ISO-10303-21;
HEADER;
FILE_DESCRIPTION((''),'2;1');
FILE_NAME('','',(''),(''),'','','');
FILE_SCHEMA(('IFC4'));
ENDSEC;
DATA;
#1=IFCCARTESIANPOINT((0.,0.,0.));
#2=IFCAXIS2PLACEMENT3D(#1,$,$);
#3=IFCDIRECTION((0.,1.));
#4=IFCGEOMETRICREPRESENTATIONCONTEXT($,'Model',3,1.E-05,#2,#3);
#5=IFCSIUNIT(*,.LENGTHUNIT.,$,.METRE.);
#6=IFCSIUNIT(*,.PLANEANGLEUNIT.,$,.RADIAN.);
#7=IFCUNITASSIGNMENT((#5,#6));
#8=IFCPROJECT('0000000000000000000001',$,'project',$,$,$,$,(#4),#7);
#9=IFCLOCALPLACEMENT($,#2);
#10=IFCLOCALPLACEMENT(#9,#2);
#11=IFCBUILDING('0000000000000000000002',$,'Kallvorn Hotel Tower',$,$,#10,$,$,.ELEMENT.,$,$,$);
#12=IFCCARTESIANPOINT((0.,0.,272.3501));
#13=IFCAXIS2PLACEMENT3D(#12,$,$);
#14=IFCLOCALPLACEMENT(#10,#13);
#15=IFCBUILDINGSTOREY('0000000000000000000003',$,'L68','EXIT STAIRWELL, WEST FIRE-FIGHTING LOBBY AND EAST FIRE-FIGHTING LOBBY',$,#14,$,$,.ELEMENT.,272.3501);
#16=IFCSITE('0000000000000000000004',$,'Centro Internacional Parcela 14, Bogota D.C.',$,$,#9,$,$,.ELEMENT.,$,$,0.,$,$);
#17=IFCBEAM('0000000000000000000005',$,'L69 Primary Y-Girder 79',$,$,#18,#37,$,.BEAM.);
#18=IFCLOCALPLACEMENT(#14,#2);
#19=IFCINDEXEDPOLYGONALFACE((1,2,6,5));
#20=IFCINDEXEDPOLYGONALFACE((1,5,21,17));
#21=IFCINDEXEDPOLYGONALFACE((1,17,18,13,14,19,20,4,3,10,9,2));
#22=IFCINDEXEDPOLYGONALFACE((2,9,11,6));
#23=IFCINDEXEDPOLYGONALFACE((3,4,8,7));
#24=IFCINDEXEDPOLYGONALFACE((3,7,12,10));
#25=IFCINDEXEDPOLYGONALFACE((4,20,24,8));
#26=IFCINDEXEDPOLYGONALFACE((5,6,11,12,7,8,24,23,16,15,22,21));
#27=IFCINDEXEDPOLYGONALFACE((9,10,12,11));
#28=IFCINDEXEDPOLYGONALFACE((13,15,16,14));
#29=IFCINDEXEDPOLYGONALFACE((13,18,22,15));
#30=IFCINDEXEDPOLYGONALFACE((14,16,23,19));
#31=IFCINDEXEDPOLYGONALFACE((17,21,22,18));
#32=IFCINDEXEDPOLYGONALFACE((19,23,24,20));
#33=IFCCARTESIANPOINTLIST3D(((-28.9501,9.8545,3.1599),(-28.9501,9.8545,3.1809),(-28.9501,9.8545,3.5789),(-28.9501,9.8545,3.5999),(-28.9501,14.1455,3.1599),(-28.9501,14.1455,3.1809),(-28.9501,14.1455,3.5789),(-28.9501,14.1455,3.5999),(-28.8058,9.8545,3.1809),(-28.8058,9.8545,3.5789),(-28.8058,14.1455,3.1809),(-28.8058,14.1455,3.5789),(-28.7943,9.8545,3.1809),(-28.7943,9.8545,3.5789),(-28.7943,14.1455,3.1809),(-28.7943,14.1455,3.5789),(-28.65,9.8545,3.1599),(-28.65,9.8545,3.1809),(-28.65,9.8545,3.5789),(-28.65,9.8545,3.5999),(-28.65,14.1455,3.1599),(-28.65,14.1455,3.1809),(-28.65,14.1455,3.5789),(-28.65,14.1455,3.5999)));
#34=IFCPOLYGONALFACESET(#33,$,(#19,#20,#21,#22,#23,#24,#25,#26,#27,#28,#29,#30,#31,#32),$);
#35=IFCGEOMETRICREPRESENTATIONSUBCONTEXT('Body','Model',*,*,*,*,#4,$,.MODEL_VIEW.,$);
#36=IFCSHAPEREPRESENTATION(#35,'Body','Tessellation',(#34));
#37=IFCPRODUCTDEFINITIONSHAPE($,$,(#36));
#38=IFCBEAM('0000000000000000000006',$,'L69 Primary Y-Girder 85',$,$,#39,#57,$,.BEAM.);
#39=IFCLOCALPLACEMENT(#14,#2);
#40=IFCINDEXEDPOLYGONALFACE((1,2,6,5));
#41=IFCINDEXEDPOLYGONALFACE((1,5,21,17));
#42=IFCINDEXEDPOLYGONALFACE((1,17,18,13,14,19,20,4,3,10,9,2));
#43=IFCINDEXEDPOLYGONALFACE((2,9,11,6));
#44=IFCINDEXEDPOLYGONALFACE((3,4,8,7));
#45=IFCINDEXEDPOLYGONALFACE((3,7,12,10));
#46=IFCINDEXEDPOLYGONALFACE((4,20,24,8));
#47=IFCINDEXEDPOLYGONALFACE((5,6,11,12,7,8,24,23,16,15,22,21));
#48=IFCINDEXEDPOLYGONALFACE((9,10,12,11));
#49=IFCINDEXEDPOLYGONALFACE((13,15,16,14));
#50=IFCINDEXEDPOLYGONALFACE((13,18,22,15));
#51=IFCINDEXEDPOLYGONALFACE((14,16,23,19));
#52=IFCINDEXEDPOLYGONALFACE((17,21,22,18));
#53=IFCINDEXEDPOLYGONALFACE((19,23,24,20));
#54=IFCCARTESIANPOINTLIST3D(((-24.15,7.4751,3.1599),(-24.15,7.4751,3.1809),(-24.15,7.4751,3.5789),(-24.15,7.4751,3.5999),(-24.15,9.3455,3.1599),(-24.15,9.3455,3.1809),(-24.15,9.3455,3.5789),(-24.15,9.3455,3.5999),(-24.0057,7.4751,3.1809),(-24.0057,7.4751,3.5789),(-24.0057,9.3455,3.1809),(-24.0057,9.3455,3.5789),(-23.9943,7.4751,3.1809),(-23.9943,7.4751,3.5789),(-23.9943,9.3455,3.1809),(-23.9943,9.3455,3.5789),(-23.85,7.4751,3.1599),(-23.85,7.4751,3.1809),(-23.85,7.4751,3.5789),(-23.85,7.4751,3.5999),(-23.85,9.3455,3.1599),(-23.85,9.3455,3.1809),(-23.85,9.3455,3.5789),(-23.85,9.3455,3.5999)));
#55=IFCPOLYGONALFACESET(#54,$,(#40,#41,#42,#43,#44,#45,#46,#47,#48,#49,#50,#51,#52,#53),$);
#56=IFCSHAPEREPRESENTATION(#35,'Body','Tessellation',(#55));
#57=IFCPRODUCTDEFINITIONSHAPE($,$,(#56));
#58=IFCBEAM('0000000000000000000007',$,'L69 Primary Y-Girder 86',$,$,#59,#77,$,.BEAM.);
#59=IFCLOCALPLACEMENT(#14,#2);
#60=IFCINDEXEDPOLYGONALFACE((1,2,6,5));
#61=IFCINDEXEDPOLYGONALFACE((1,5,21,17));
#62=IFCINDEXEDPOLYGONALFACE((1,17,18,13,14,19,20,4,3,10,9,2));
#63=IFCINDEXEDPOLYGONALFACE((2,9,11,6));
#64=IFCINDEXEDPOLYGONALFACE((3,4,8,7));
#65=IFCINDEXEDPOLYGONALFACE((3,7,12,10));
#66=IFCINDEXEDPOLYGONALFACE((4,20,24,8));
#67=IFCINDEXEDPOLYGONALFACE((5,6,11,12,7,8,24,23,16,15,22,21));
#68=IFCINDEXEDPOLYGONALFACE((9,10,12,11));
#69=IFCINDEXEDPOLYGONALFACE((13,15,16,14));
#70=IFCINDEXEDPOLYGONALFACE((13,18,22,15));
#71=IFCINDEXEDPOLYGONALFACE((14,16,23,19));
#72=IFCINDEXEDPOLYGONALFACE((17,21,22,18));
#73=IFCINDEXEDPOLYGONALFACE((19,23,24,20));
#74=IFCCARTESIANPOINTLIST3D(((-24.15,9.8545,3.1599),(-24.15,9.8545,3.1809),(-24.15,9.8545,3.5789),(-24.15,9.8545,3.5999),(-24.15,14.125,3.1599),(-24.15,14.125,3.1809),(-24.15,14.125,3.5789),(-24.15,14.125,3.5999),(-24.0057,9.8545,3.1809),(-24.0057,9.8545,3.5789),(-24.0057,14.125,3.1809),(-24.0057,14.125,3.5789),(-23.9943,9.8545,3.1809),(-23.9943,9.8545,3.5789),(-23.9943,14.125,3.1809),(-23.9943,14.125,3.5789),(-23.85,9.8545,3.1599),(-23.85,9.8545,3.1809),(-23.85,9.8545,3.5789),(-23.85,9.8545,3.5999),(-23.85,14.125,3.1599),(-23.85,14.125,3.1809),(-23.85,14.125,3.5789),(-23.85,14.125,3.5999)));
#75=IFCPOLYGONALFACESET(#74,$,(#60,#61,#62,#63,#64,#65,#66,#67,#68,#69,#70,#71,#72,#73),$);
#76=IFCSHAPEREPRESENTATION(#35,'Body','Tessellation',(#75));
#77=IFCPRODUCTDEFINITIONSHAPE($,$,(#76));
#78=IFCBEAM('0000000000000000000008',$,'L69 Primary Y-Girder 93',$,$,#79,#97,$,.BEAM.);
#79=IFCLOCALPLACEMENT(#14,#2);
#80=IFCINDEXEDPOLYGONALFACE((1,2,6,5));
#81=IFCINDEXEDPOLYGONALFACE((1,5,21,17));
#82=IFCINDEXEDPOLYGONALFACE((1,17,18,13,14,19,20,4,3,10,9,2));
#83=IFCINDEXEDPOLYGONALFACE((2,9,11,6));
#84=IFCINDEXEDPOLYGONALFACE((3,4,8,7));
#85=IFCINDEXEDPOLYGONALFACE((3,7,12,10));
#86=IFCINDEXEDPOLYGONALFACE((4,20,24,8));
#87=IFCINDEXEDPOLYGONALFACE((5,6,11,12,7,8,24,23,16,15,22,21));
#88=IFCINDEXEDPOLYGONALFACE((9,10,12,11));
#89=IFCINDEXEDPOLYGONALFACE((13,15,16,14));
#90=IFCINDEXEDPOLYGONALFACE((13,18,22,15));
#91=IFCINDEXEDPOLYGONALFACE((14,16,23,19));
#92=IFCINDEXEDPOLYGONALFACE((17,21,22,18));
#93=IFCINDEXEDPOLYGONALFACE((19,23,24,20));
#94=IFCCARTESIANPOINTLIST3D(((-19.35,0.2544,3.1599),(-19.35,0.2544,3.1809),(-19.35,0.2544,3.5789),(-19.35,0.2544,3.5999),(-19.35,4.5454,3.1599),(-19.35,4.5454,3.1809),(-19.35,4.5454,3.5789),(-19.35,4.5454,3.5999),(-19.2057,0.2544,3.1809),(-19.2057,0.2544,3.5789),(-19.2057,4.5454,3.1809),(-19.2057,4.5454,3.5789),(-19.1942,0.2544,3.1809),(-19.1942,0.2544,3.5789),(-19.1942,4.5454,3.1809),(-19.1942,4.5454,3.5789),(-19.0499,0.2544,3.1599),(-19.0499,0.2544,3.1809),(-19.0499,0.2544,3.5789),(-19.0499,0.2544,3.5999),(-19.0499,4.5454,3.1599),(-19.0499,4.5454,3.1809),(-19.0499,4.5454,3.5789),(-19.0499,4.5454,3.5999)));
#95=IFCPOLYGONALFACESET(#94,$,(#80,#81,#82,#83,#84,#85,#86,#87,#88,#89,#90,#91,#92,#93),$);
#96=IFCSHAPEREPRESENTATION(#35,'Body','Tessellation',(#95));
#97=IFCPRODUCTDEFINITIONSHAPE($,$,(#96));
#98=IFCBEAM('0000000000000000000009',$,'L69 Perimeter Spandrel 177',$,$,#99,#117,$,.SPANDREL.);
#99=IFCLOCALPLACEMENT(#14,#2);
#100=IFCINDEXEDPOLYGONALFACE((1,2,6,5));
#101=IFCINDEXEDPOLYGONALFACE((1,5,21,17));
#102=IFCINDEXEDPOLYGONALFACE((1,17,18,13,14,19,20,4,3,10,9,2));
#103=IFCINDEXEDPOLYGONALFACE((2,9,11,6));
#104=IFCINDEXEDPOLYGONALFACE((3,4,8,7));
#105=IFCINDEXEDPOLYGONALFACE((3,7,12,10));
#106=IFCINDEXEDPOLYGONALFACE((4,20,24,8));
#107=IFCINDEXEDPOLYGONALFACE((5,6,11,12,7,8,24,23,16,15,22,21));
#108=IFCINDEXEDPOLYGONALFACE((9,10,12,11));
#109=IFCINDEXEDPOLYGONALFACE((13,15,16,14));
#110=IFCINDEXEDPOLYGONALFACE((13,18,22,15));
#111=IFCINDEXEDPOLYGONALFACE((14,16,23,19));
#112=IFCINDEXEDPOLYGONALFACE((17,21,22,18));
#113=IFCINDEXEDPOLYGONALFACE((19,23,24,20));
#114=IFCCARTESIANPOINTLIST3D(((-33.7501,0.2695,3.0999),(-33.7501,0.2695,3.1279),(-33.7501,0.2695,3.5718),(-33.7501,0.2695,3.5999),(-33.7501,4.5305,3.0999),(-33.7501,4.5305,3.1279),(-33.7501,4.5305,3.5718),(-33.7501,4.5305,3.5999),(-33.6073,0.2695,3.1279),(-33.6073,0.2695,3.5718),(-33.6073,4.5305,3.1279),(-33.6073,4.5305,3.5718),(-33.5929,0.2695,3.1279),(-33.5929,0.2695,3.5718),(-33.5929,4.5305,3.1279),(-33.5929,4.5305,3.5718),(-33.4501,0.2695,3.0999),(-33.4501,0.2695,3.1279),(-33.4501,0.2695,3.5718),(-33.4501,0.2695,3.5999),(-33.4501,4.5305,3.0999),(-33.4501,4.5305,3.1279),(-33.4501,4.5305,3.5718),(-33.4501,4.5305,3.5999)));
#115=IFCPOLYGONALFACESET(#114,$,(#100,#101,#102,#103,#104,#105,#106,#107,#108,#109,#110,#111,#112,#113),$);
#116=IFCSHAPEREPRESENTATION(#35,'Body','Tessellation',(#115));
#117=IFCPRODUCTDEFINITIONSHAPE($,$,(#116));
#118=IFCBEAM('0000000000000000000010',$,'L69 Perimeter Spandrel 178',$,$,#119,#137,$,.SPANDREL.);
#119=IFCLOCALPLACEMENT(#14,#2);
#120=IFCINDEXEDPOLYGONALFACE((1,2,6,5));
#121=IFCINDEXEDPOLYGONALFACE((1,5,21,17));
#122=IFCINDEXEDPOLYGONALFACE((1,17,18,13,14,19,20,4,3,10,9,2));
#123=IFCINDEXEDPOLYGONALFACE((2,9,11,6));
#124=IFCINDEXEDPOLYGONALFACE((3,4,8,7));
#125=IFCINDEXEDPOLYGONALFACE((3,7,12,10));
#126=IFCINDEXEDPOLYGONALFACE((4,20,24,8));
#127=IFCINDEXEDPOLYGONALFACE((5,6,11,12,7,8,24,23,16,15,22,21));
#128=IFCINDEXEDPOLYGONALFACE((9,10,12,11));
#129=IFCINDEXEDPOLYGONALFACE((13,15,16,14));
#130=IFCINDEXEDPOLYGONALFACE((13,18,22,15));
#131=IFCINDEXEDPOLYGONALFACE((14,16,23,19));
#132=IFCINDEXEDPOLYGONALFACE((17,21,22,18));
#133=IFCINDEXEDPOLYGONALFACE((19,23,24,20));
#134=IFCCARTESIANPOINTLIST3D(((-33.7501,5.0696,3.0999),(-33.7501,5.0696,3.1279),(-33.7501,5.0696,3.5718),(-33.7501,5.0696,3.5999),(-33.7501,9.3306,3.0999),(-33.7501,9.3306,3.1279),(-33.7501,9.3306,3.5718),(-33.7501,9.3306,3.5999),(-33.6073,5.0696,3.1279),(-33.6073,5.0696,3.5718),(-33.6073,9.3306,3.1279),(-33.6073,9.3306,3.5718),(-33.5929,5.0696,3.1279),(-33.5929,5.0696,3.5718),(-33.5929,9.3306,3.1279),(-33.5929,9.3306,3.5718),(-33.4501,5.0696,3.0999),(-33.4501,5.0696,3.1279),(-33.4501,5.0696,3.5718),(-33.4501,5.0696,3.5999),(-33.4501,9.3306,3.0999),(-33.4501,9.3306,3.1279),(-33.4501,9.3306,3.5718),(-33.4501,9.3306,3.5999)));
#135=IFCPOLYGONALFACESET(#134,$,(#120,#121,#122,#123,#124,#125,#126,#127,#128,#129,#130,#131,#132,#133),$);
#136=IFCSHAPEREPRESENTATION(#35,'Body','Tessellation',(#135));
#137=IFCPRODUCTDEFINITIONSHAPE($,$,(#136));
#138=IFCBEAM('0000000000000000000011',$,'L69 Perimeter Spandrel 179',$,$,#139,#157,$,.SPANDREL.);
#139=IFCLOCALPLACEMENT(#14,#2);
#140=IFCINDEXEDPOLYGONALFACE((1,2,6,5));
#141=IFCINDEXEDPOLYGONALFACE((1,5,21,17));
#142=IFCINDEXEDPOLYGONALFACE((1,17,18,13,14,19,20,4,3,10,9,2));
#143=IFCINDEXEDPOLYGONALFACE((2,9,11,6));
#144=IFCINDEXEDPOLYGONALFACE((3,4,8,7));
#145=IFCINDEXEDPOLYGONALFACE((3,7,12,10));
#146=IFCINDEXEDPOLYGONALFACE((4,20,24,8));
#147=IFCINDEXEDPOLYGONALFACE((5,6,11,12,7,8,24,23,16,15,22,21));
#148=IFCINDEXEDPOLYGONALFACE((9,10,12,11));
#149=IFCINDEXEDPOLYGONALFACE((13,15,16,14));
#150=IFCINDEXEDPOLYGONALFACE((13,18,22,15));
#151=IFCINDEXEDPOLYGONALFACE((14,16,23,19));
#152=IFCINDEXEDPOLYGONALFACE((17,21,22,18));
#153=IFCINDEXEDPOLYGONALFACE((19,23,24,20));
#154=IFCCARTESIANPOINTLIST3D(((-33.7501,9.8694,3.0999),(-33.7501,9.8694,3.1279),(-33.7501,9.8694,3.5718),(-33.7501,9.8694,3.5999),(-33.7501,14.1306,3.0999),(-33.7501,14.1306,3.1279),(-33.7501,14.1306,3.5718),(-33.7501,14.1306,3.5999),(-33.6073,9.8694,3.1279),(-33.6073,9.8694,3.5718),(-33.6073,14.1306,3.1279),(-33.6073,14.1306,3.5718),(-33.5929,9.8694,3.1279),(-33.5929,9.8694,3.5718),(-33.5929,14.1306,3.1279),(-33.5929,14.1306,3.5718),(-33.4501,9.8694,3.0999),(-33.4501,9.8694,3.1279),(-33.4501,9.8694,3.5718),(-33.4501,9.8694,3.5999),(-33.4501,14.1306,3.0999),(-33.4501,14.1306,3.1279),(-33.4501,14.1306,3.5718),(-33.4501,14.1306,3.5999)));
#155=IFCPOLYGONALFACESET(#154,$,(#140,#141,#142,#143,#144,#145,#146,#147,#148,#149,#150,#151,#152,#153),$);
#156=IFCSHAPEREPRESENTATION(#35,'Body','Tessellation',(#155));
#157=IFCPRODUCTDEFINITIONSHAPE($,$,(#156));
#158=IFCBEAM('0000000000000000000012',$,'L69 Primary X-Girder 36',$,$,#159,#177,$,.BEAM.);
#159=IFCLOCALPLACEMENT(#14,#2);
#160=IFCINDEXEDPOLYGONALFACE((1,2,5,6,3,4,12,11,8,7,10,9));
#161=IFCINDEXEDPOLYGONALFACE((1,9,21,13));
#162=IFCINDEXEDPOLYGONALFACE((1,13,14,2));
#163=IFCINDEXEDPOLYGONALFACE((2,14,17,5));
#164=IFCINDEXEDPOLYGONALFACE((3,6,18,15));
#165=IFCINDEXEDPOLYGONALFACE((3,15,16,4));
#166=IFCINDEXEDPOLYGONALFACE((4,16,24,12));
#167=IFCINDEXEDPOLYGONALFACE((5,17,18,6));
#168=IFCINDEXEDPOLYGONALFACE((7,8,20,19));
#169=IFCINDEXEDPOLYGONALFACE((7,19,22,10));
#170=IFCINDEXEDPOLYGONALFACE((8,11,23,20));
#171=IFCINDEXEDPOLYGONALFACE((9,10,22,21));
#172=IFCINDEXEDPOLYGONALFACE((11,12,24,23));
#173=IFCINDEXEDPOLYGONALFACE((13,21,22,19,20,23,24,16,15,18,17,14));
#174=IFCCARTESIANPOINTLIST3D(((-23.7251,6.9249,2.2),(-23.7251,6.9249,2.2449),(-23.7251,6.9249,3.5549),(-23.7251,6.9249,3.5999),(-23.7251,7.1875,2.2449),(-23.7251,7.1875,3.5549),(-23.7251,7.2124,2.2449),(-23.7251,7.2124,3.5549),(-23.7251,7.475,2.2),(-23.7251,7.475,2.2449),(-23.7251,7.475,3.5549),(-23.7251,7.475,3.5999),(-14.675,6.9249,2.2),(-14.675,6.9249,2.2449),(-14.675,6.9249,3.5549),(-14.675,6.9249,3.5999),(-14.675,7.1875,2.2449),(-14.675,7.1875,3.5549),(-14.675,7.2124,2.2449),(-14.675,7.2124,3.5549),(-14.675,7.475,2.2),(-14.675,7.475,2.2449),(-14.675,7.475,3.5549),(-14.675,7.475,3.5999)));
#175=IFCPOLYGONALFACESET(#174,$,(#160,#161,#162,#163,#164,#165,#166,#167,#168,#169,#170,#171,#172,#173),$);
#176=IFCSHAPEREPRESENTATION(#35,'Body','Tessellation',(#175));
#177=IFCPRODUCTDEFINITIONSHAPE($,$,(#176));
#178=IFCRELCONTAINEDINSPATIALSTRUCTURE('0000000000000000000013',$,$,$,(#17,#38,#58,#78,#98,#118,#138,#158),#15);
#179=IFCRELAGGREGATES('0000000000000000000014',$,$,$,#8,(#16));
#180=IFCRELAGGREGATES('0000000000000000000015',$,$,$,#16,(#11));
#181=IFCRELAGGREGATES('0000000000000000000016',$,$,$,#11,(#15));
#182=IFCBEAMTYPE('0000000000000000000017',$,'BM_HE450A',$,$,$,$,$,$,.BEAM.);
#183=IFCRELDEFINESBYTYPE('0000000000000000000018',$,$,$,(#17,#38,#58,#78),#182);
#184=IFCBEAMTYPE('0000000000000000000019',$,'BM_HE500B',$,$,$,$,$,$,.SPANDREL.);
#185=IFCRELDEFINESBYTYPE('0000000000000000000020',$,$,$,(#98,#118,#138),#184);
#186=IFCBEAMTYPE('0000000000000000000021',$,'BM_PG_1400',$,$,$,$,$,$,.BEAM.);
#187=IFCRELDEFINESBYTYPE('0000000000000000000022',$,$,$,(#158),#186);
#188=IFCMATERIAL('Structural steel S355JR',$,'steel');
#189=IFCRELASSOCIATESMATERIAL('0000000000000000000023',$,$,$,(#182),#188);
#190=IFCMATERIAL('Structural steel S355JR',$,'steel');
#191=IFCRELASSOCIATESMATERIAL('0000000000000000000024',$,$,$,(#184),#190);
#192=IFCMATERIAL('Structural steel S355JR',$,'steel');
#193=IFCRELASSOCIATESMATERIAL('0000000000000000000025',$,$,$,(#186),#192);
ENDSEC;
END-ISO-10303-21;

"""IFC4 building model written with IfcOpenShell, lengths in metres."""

from ifc_helpers import new_model, si_unit, direction, frame, origin, origin_2d, place, context, subcontext, project, spatial, i_section, extrude, material, material_profile, profile_set, type_object, element, save


model = new_model("IFC4")

# Units and contexts
model_context = context("Model", 3, precision=1e-05, world=origin(), true_north=direction((0.0, 1.0)))
body_context = subcontext(model_context, "Body", "Model", "MODEL_VIEW")
ifc_project = project(units=[si_unit("LENGTHUNIT", "METRE"), si_unit("PLANEANGLEUNIT", "RADIAN")], contexts=[model_context])

# Site, building, storey
site_placement = place(None, origin())
site = spatial("IfcSite", under=ifc_project, at=site_placement, Name="Centro Internacional Parcela 14, Bogota D.C.", CompositionType="ELEMENT", RefElevation=0.0)
building_placement = place(site_placement, origin())
building = spatial("IfcBuilding", under=site, at=building_placement, Name="Kallvorn Hotel Tower", CompositionType="ELEMENT")
storey_placement = place(building_placement, frame((0.0, 0.0, 272.3501)))
storey = spatial("IfcBuildingStorey", under=building, at=storey_placement, Name="L68", Description="EXIT STAIRWELL, WEST FIRE-FIGHTING LOBBY AND EAST FIRE-FIGHTING LOBBY", CompositionType="ELEMENT", Elevation=272.3501)

# Beams
ifc_material_1 = material(Name="Structural steel S355JR", Category="steel")
ifc_material_profile_1 = material_profile(ifc_material_1, i_section(OverallWidth=0.3, OverallDepth=0.4399, WebThickness=0.0115, FlangeThickness=0.021, at=origin_2d()), Name="HE 450 A")
ifc_profile_set_1 = profile_set([ifc_material_profile_1], Name="Structural steel S355JR")
beam_type_1 = type_object("IfcBeamType", Name="BM_HE450A", PredefinedType="BEAM", material=ifc_profile_set_1)
for number, where, z_axis, x_axis, name in (
    (1, (-28.8, 9.8545, 3.3799), (0.0, 1.0, 0.0), (-1.0, 0.0, 0.0), "L69 Primary Y-Girder 79"),
):
    element("IfcBeam", number, at=place(storey_placement, frame(where, z_axis=z_axis, x_axis=x_axis)), inside=storey, type_object=beam_type_1, Name=name, PredefinedType="BEAM", context=body_context, shape_type="SweptSolid", body=[
        extrude(i_section(OverallWidth=0.3, OverallDepth=0.4399, WebThickness=0.0115, FlangeThickness=0.021, at=origin_2d()), origin(), (0.0, 0.0, 1.0), 4.291),
    ])
beam_1_placement = place(storey_placement, frame((-24.0, 7.4751, 3.3799), z_axis=(0.0, 1.0, 0.0), x_axis=(-1.0, 0.0, 0.0)))
element("IfcBeam", 2, at=beam_1_placement, inside=storey, type_object=beam_type_1, Name="L69 Primary Y-Girder 85", PredefinedType="BEAM", context=body_context, shape_type="SweptSolid", body=[
    extrude(i_section(OverallWidth=0.3, OverallDepth=0.4399, WebThickness=0.0115, FlangeThickness=0.021, at=origin_2d()), origin(), (0.0, 0.0, 1.0), 1.8704),
])
beam_2_placement = place(storey_placement, frame((-24.0, 9.8545, 3.3799), z_axis=(0.0, 1.0, 0.0), x_axis=(-1.0, 0.0, 0.0)))
element("IfcBeam", 3, at=beam_2_placement, inside=storey, type_object=beam_type_1, Name="L69 Primary Y-Girder 86", PredefinedType="BEAM", context=body_context, shape_type="SweptSolid", body=[
    extrude(i_section(OverallWidth=0.3, OverallDepth=0.4399, WebThickness=0.0115, FlangeThickness=0.021, at=origin_2d()), origin(), (0.0, 0.0, 1.0), 4.2705),
])
beam_3_placement = place(storey_placement, frame((-19.2, 0.2544, 3.3799), z_axis=(0.0, 1.0, 0.0), x_axis=(-1.0, 0.0, 0.0)))
element("IfcBeam", 4, at=beam_3_placement, inside=storey, type_object=beam_type_1, Name="L69 Primary Y-Girder 93", PredefinedType="BEAM", context=body_context, shape_type="SweptSolid", body=[
    extrude(i_section(OverallWidth=0.3, OverallDepth=0.4399, WebThickness=0.0115, FlangeThickness=0.021, at=origin_2d()), origin(), (0.0, 0.0, 1.0), 4.291),
])
ifc_material_2 = material(Name="Structural steel S355JR", Category="steel")
ifc_material_profile_2 = material_profile(ifc_material_2, i_section(OverallWidth=0.3, OverallDepth=0.5, WebThickness=0.0144, FlangeThickness=0.0281, at=origin_2d()), Name="HE 500 B")
ifc_profile_set_2 = profile_set([ifc_material_profile_2], Name="Structural steel S355JR")
beam_type_2 = type_object("IfcBeamType", Name="BM_HE500B", PredefinedType="SPANDREL", material=ifc_profile_set_2)
for number, where, z_axis, x_axis, name in (
    (5, (-33.6001, 0.2695, 3.3499), (0.0, 1.0, 0.0), (-1.0, 0.0, 0.0), "L69 Perimeter Spandrel 177"),
    (6, (-33.6001, 5.0696, 3.3499), (0.0, 1.0, 0.0), (-1.0, 0.0, 0.0), "L69 Perimeter Spandrel 178"),
):
    element("IfcBeam", number, at=place(storey_placement, frame(where, z_axis=z_axis, x_axis=x_axis)), inside=storey, type_object=beam_type_2, Name=name, PredefinedType="SPANDREL", context=body_context, shape_type="SweptSolid", body=[
        extrude(i_section(OverallWidth=0.3, OverallDepth=0.5, WebThickness=0.0144, FlangeThickness=0.0281, at=origin_2d()), origin(), (0.0, 0.0, 1.0), 4.261),
    ])
beam_4_placement = place(storey_placement, frame((-33.6001, 9.8694, 3.3499), z_axis=(0.0, 1.0, 0.0), x_axis=(-1.0, 0.0, 0.0)))
element("IfcBeam", 7, at=beam_4_placement, inside=storey, type_object=beam_type_2, Name="L69 Perimeter Spandrel 179", PredefinedType="SPANDREL", context=body_context, shape_type="SweptSolid", body=[
    extrude(i_section(OverallWidth=0.3, OverallDepth=0.5, WebThickness=0.0144, FlangeThickness=0.0281, at=origin_2d()), origin(), (0.0, 0.0, 1.0), 4.2612),
])
ifc_material_3 = material(Name="Structural steel S355JR", Category="steel")
ifc_material_profile_3 = material_profile(ifc_material_3, i_section(OverallWidth=0.55, OverallDepth=1.3999, WebThickness=0.0249, FlangeThickness=0.0449, at=origin_2d()), Name="PG 1400x550x25x45")
ifc_profile_set_3 = profile_set([ifc_material_profile_3], Name="Structural steel S355JR")
beam_type_3 = type_object("IfcBeamType", Name="BM_PG_1400", PredefinedType="BEAM", material=ifc_profile_set_3)
beam_5_placement = place(storey_placement, frame((-23.7251, 7.2, 2.8999), z_axis=(1.0, 0.0, 0.0), x_axis=(0.0, 1.0, 0.0)))
element("IfcBeam", 8, at=beam_5_placement, inside=storey, type_object=beam_type_3, Name="L69 Primary X-Girder 36", PredefinedType="BEAM", context=body_context, shape_type="SweptSolid", body=[
    extrude(i_section(OverallWidth=0.55, OverallDepth=1.3999, WebThickness=0.0249, FlangeThickness=0.0449, at=origin_2d()), origin(), (0.0, 0.0, 1.0), 9.05),
])

save(model, "model.ifc")
